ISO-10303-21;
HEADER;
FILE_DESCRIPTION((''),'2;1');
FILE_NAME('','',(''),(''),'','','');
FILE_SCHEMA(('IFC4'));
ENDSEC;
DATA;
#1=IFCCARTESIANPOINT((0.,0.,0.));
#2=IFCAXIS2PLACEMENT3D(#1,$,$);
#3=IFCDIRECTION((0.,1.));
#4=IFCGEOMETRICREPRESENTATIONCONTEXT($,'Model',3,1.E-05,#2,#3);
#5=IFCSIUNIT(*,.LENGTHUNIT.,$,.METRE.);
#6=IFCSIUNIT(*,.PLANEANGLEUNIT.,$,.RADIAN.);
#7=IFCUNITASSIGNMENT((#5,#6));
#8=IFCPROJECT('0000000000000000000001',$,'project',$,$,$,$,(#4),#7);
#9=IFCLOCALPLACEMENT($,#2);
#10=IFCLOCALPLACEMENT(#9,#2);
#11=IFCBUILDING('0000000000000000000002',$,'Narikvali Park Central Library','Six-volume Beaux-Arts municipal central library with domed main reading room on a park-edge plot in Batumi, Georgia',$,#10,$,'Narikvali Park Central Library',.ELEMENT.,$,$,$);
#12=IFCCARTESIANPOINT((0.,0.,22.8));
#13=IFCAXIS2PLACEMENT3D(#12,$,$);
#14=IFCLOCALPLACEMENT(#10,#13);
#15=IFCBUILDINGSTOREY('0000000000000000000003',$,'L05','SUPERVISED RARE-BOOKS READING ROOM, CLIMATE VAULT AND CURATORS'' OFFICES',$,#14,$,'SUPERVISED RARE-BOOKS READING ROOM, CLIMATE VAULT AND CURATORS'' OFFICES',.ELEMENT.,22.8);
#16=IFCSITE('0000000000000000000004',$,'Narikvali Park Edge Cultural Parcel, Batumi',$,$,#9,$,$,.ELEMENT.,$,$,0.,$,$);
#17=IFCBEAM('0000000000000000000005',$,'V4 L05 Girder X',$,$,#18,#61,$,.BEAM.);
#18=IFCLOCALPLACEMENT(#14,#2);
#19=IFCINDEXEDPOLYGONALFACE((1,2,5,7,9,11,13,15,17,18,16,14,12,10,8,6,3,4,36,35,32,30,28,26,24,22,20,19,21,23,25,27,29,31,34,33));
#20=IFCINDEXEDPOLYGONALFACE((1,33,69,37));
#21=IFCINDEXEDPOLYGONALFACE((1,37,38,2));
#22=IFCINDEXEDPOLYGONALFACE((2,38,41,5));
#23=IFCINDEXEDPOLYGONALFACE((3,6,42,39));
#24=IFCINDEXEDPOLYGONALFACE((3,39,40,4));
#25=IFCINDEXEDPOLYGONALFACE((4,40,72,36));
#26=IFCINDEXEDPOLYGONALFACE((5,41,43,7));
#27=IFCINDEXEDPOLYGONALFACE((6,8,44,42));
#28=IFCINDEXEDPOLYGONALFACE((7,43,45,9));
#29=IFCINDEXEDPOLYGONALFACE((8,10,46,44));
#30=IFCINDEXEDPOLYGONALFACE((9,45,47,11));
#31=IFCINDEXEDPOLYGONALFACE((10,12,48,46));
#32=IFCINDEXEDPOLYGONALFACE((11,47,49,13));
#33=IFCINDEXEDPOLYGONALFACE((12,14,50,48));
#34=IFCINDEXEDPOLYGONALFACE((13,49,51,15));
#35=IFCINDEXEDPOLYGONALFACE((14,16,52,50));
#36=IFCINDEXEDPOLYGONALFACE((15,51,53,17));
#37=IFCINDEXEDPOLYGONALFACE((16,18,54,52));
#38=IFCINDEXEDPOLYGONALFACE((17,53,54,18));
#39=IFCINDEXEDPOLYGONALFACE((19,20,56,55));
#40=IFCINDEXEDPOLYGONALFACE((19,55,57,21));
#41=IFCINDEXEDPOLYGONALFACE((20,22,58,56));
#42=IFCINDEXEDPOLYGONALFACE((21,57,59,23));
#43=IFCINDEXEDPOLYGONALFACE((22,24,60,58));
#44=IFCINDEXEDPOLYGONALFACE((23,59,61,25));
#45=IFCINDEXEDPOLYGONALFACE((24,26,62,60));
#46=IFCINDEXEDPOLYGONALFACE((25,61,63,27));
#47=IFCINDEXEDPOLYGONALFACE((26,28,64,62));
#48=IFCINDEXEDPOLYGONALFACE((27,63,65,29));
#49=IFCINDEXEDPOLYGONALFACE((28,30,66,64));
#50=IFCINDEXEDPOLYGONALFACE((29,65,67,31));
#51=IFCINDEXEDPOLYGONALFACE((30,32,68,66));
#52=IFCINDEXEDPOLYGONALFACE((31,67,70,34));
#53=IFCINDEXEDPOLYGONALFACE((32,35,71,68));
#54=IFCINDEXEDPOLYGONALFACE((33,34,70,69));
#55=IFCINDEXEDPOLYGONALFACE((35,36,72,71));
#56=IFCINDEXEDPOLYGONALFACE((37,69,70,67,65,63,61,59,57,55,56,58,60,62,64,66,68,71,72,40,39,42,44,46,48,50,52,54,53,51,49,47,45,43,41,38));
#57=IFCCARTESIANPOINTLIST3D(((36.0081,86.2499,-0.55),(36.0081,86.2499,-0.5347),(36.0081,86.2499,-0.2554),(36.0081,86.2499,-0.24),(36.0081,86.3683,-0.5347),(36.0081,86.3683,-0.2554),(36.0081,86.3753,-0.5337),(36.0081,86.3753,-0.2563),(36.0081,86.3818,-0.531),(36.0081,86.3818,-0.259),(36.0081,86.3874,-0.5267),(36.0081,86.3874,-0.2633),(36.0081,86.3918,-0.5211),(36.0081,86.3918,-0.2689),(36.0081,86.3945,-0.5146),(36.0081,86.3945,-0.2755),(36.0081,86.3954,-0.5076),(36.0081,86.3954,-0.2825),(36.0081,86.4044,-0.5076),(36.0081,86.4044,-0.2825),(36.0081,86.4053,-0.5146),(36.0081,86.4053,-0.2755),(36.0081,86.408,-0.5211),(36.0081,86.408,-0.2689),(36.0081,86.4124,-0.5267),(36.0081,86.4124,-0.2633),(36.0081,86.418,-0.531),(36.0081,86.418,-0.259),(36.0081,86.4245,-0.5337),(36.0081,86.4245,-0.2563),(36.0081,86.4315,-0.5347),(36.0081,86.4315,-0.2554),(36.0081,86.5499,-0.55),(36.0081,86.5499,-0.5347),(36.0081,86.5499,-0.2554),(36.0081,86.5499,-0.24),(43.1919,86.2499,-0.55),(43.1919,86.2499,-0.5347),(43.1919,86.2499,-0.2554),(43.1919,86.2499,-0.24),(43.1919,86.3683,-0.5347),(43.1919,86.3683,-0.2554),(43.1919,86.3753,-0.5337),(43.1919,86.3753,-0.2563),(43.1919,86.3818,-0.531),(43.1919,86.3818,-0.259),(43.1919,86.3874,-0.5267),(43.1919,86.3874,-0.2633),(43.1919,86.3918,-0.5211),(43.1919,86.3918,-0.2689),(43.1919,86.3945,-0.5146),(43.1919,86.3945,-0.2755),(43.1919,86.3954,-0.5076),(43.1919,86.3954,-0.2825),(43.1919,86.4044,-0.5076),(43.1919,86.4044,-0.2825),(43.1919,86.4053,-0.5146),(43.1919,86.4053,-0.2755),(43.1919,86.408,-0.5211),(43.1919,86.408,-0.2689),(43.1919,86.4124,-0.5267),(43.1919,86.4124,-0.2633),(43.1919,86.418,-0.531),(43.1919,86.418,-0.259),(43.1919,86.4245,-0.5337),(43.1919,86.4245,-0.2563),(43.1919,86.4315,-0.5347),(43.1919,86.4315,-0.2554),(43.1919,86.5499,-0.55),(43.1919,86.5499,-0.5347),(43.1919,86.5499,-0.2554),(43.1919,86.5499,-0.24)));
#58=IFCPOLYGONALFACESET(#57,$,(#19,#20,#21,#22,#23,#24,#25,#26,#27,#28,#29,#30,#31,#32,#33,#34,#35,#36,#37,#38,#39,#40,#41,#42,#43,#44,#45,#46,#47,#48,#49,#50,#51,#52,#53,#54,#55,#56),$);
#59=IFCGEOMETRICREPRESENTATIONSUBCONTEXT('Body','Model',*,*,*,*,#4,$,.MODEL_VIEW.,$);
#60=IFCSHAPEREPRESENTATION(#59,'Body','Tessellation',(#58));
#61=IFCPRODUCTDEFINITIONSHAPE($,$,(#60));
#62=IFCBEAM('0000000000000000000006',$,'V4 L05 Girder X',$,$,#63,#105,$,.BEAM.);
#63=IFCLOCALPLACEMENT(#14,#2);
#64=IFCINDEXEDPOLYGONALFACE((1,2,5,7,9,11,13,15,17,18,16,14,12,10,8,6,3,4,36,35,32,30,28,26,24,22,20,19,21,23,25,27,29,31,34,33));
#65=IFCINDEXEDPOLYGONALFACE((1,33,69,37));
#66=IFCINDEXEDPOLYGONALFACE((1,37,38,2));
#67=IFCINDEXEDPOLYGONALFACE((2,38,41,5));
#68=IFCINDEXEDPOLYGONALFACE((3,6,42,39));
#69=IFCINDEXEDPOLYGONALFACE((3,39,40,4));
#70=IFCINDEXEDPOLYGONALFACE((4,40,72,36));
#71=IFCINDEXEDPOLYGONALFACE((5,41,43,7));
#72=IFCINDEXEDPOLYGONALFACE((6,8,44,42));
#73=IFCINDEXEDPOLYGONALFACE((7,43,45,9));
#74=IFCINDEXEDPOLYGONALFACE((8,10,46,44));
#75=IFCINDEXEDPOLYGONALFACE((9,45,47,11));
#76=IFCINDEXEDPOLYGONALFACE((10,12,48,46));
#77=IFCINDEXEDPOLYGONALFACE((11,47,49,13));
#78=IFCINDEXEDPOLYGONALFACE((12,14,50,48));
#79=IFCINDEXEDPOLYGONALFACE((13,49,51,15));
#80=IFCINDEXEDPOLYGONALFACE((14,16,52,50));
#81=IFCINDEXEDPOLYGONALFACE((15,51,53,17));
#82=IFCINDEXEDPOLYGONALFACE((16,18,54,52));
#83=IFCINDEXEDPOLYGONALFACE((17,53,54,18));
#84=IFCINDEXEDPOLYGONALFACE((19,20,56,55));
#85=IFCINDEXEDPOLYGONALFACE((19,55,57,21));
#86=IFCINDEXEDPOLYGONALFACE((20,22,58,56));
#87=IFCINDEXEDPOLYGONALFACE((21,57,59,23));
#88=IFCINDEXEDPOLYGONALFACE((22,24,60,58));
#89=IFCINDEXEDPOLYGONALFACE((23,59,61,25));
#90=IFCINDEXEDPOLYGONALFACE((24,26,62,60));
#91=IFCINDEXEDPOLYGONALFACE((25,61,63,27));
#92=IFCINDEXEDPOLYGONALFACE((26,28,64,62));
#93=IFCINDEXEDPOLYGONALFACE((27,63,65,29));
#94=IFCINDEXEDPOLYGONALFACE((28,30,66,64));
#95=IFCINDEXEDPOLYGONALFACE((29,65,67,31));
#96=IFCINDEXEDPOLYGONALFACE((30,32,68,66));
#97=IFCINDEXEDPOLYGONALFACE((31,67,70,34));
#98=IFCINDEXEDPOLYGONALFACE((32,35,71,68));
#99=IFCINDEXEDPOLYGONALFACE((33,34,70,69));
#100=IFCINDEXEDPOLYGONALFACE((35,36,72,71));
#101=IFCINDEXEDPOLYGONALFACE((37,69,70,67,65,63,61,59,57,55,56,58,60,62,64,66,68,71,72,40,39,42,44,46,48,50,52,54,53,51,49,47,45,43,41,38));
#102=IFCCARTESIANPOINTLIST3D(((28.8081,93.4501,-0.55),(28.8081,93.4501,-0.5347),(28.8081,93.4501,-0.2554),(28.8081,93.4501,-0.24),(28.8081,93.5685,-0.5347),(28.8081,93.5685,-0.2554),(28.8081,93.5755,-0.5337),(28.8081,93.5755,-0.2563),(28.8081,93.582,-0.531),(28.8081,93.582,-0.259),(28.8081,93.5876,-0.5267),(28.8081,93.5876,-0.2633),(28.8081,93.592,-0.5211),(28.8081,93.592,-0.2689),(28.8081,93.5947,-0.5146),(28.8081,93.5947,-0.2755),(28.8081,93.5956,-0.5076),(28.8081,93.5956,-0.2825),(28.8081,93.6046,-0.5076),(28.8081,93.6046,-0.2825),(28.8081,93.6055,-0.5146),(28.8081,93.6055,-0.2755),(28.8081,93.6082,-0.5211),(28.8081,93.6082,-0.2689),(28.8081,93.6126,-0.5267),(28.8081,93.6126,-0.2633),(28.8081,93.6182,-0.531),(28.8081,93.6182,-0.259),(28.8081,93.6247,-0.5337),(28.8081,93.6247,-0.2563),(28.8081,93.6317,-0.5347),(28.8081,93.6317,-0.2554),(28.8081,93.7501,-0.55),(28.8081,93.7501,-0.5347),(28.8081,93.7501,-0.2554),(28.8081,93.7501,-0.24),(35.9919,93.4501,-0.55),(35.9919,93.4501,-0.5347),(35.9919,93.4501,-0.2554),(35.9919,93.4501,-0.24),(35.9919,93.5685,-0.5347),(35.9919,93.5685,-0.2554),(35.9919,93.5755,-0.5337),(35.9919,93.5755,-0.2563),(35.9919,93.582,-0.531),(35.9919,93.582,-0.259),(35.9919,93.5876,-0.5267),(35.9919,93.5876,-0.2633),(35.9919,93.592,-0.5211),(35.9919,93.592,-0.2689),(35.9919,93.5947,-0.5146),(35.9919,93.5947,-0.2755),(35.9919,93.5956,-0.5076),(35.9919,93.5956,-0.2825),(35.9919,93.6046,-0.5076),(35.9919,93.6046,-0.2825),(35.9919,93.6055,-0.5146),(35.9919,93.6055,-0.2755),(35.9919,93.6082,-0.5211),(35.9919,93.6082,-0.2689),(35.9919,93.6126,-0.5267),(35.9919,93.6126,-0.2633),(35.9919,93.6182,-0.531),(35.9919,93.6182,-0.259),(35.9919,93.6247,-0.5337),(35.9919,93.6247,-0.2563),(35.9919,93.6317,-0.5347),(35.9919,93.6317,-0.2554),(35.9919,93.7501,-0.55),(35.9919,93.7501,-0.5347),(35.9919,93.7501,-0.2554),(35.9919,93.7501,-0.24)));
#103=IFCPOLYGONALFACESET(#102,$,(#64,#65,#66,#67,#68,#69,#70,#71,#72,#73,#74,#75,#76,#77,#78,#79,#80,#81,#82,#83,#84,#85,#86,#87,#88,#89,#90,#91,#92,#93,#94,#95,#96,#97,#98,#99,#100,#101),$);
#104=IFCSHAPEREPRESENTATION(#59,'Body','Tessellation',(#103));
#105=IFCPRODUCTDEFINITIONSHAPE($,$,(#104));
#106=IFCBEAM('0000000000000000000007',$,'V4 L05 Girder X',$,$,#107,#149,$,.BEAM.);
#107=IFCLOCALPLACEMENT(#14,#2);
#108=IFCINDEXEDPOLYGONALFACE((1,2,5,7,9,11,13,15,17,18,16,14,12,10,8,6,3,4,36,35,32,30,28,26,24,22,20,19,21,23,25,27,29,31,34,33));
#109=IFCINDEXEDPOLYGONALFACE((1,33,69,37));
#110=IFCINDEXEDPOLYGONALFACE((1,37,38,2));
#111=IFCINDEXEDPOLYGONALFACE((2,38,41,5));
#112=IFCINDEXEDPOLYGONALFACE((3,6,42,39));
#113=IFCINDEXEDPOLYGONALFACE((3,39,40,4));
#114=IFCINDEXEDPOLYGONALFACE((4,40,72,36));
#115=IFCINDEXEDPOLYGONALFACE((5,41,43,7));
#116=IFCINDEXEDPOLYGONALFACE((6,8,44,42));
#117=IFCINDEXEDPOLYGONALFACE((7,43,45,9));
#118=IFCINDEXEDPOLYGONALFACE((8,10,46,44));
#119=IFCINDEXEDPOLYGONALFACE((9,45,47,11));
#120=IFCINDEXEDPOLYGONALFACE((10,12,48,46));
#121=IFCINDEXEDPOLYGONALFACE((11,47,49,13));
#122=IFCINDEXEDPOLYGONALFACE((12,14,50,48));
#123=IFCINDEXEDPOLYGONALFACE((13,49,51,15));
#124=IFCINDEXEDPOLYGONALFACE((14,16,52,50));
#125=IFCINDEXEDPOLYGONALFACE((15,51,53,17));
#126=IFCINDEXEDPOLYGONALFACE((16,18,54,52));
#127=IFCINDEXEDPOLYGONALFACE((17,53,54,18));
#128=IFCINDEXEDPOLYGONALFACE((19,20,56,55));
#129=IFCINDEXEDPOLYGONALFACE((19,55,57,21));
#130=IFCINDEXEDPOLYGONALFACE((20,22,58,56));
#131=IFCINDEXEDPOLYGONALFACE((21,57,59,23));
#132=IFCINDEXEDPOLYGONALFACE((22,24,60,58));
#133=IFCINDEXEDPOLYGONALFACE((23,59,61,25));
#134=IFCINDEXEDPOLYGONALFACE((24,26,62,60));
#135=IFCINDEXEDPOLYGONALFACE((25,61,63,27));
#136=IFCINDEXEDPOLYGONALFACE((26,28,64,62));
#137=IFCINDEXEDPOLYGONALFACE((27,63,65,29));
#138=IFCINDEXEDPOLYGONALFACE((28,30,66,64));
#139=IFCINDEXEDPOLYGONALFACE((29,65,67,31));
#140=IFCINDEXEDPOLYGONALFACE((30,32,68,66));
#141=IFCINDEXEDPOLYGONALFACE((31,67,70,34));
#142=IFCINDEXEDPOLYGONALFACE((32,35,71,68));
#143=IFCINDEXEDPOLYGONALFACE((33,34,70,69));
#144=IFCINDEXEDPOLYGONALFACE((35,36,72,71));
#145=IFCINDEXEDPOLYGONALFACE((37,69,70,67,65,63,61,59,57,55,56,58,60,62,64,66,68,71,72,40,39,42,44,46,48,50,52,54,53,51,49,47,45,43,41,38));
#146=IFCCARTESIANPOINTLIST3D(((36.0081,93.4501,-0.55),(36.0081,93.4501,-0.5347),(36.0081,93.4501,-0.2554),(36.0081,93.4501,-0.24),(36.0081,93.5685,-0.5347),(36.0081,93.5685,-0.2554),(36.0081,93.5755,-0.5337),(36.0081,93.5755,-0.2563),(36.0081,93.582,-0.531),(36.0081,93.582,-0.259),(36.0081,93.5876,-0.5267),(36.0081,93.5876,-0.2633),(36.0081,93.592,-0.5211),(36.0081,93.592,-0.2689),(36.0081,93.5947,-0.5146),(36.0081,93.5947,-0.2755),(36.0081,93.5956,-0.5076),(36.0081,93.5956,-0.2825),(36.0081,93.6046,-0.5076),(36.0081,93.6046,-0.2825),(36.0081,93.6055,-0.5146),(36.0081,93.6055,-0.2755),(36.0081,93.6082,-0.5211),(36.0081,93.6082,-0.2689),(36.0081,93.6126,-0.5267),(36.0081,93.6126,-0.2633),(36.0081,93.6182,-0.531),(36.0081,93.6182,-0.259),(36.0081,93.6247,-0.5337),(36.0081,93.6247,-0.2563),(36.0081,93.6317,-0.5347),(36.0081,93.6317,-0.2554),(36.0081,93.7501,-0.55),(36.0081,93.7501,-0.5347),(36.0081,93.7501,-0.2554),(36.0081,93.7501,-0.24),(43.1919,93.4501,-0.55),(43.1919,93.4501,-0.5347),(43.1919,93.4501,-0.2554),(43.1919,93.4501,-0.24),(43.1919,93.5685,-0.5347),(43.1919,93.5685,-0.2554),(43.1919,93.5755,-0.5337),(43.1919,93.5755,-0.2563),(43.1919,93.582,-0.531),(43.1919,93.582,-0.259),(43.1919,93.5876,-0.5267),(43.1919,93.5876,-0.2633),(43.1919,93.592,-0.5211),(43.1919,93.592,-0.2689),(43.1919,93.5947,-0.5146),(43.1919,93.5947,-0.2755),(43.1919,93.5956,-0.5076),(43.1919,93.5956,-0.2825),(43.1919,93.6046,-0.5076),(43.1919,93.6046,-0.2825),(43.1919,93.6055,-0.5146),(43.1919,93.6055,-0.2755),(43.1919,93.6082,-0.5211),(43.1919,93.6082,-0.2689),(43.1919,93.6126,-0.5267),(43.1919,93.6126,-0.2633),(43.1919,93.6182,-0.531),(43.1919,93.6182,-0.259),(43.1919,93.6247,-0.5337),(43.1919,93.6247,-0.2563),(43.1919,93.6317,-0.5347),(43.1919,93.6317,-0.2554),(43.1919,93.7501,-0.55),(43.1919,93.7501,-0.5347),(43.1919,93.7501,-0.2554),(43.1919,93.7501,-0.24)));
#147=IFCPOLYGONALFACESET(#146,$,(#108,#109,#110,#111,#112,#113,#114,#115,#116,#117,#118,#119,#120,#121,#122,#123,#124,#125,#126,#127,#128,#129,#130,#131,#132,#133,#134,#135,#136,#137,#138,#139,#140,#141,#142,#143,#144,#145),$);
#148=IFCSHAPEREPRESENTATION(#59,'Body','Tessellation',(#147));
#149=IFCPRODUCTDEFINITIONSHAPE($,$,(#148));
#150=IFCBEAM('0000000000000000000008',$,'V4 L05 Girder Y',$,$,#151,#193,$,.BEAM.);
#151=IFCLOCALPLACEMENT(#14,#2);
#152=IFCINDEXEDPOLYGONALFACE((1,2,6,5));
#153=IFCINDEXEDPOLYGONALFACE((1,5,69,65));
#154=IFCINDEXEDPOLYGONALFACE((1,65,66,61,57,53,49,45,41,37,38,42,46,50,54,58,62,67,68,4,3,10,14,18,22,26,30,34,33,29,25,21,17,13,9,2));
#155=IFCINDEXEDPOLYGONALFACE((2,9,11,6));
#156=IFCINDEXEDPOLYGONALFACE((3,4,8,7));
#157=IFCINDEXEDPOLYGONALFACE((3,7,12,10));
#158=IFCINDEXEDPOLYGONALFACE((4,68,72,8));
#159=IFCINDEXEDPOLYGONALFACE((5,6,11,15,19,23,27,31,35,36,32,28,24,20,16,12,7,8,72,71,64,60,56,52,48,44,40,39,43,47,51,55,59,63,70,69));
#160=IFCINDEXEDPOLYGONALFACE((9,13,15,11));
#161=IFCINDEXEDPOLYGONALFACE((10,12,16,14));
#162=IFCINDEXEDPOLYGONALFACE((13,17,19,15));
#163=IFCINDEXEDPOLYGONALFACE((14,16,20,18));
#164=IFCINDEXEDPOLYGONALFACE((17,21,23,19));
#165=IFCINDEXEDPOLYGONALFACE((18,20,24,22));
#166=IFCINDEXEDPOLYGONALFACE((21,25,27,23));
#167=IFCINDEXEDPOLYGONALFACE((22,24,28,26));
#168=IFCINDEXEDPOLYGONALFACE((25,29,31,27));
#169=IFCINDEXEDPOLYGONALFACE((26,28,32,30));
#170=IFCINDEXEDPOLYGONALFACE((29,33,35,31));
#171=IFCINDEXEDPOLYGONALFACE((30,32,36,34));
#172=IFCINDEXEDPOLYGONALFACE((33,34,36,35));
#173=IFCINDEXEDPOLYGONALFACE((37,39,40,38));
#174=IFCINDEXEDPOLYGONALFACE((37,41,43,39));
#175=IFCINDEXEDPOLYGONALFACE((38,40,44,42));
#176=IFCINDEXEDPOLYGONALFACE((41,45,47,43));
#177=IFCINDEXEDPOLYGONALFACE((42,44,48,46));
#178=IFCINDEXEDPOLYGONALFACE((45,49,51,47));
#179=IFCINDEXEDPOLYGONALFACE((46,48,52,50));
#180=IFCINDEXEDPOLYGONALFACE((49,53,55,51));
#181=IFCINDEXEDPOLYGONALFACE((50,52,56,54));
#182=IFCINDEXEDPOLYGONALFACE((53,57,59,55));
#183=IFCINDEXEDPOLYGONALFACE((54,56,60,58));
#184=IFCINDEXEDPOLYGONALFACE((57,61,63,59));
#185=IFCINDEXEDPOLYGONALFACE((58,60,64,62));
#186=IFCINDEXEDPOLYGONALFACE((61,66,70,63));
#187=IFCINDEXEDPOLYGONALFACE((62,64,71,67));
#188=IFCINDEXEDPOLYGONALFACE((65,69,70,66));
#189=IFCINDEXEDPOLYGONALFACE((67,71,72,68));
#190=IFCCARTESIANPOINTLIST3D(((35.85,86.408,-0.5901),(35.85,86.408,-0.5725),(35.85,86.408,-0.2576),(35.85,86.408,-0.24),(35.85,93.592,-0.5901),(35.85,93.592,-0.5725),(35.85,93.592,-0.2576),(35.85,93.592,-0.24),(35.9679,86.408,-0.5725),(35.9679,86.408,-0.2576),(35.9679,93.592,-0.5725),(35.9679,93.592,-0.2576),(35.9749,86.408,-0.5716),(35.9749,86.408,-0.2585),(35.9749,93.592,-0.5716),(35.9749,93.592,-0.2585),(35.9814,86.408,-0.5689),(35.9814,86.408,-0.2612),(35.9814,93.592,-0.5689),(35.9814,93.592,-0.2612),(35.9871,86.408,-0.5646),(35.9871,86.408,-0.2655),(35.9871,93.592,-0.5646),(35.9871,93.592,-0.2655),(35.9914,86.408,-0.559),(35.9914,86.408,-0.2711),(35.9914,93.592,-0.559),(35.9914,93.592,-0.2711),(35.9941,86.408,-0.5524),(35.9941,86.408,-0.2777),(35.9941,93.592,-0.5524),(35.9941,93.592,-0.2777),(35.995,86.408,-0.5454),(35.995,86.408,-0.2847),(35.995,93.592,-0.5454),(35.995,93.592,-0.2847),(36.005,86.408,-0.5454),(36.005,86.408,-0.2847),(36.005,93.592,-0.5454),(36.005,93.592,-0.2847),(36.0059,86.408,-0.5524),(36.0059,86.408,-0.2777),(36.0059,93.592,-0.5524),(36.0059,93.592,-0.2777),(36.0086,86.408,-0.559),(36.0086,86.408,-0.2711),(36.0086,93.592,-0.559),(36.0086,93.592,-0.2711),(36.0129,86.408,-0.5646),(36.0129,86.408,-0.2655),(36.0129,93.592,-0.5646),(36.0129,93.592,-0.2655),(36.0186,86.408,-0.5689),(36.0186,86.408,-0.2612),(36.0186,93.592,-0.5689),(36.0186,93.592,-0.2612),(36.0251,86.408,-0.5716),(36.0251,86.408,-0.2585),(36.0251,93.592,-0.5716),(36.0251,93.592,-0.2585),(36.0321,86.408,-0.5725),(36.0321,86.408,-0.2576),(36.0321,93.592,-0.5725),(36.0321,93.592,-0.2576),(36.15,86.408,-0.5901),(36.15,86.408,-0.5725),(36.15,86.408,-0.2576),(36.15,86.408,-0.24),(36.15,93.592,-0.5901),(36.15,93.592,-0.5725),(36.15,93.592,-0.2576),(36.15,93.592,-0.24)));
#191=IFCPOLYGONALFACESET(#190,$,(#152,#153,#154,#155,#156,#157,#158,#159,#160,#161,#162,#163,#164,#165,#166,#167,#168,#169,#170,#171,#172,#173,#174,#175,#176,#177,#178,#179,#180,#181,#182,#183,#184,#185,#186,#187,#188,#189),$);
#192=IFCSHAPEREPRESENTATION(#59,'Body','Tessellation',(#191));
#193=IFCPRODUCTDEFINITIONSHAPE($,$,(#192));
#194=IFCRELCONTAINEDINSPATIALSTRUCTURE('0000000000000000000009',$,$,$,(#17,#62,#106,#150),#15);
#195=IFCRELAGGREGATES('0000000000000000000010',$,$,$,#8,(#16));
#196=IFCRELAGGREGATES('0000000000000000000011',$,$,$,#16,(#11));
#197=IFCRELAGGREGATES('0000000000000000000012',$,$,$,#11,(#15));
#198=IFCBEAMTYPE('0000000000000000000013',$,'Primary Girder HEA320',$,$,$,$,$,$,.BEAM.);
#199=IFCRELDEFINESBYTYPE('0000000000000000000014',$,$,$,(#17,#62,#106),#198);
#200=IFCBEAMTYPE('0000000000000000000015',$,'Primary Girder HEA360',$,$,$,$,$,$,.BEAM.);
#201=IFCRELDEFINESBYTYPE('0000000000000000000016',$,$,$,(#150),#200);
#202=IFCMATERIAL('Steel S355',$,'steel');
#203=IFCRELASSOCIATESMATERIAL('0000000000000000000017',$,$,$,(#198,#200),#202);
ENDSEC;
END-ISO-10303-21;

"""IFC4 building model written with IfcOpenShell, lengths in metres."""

from ifc_helpers import new_model, si_unit, direction, frame, origin, origin_2d, place, context, subcontext, project, spatial, i_section, extrude, material, material_profile, profile_set, type_object, element, save


model = new_model("IFC4")

# Units and contexts
model_context = context("Model", 3, precision=1e-05, world=origin(), true_north=direction((0.0, 1.0)))
body_context = subcontext(model_context, "Body", "Model", "MODEL_VIEW")
ifc_project = project(units=[si_unit("LENGTHUNIT", "METRE"), si_unit("PLANEANGLEUNIT", "RADIAN")], contexts=[model_context])

# Site, building, storey
site_placement = place(None, origin())
site = spatial("IfcSite", under=ifc_project, at=site_placement, Name="Narikvali Park Edge Cultural Parcel, Batumi", CompositionType="ELEMENT", RefElevation=0.0)
building_placement = place(site_placement, origin())
building = spatial("IfcBuilding", under=site, at=building_placement, Name="Narikvali Park Central Library", Description="Six-volume Beaux-Arts municipal central library with domed main reading room on a park-edge plot in Batumi, Georgia", LongName="Narikvali Park Central Library", CompositionType="ELEMENT")
storey_placement = place(building_placement, frame((0.0, 0.0, 22.8)))
storey = spatial("IfcBuildingStorey", under=building, at=storey_placement, Name="L05", Description="SUPERVISED RARE-BOOKS READING ROOM, CLIMATE VAULT AND CURATORS' OFFICES", LongName="SUPERVISED RARE-BOOKS READING ROOM, CLIMATE VAULT AND CURATORS' OFFICES", CompositionType="ELEMENT", Elevation=22.8)

# Shared definitions
ifc_material_1 = material(Name="Steel S355", Category="steel")

# Beams
ifc_material_profile_1 = material_profile(ifc_material_1, i_section(OverallWidth=0.3, OverallDepth=0.3101, WebThickness=0.009, FlangeThickness=0.0154, FilletRadius=0.0271, at=origin_2d()), Name="HEA 320")
ifc_profile_set_1 = profile_set([ifc_material_profile_1], Name="Steel S355")
beam_type_1 = type_object("IfcBeamType", Name="Primary Girder HEA320", PredefinedType="BEAM", material=ifc_profile_set_1)
for number, where, z_axis, x_axis, name in (
    (1, (36.0081, 86.3999, -0.395), (1.0, 0.0, 0.0), (0.0, 1.0, 0.0), "V4 L05 Girder X"),
    (2, (28.8081, 93.6001, -0.395), (1.0, 0.0, 0.0), (0.0, 1.0, 0.0), "V4 L05 Girder X"),
    (3, (36.0081, 93.6001, -0.395), (1.0, 0.0, 0.0), (0.0, 1.0, 0.0), "V4 L05 Girder X"),
):
    element("IfcBeam", number, at=place(storey_placement, frame(where, z_axis=z_axis, x_axis=x_axis)), inside=storey, type_object=beam_type_1, Name=name, PredefinedType="BEAM", context=body_context, shape_type="SweptSolid", body=[
        extrude(i_section(OverallWidth=0.3, OverallDepth=0.3101, WebThickness=0.009, FlangeThickness=0.0154, FilletRadius=0.0271, at=origin_2d()), origin(), (0.0, 0.0, 1.0), 7.1838),
    ])
ifc_material_profile_2 = material_profile(ifc_material_1, i_section(OverallWidth=0.3, OverallDepth=0.3501, WebThickness=0.01, FlangeThickness=0.0176, FilletRadius=0.0271, at=origin_2d()), Name="HEA 360")
ifc_profile_set_2 = profile_set([ifc_material_profile_2], Name="Steel S355")
beam_type_2 = type_object("IfcBeamType", Name="Primary Girder HEA360", PredefinedType="BEAM", material=ifc_profile_set_2)
for number, where, z_axis, x_axis, name in (
    (4, (36.0, 86.408, -0.415), (0.0, 1.0, 0.0), (-1.0, 0.0, 0.0), "V4 L05 Girder Y"),
):
    element("IfcBeam", number, at=place(storey_placement, frame(where, z_axis=z_axis, x_axis=x_axis)), inside=storey, type_object=beam_type_2, Name=name, PredefinedType="BEAM", context=body_context, shape_type="SweptSolid", body=[
        extrude(i_section(OverallWidth=0.3, OverallDepth=0.3501, WebThickness=0.01, FlangeThickness=0.0176, FilletRadius=0.0271, at=origin_2d()), origin(), (0.0, 0.0, 1.0), 7.1841),
    ])

save(model, "model.ifc")
